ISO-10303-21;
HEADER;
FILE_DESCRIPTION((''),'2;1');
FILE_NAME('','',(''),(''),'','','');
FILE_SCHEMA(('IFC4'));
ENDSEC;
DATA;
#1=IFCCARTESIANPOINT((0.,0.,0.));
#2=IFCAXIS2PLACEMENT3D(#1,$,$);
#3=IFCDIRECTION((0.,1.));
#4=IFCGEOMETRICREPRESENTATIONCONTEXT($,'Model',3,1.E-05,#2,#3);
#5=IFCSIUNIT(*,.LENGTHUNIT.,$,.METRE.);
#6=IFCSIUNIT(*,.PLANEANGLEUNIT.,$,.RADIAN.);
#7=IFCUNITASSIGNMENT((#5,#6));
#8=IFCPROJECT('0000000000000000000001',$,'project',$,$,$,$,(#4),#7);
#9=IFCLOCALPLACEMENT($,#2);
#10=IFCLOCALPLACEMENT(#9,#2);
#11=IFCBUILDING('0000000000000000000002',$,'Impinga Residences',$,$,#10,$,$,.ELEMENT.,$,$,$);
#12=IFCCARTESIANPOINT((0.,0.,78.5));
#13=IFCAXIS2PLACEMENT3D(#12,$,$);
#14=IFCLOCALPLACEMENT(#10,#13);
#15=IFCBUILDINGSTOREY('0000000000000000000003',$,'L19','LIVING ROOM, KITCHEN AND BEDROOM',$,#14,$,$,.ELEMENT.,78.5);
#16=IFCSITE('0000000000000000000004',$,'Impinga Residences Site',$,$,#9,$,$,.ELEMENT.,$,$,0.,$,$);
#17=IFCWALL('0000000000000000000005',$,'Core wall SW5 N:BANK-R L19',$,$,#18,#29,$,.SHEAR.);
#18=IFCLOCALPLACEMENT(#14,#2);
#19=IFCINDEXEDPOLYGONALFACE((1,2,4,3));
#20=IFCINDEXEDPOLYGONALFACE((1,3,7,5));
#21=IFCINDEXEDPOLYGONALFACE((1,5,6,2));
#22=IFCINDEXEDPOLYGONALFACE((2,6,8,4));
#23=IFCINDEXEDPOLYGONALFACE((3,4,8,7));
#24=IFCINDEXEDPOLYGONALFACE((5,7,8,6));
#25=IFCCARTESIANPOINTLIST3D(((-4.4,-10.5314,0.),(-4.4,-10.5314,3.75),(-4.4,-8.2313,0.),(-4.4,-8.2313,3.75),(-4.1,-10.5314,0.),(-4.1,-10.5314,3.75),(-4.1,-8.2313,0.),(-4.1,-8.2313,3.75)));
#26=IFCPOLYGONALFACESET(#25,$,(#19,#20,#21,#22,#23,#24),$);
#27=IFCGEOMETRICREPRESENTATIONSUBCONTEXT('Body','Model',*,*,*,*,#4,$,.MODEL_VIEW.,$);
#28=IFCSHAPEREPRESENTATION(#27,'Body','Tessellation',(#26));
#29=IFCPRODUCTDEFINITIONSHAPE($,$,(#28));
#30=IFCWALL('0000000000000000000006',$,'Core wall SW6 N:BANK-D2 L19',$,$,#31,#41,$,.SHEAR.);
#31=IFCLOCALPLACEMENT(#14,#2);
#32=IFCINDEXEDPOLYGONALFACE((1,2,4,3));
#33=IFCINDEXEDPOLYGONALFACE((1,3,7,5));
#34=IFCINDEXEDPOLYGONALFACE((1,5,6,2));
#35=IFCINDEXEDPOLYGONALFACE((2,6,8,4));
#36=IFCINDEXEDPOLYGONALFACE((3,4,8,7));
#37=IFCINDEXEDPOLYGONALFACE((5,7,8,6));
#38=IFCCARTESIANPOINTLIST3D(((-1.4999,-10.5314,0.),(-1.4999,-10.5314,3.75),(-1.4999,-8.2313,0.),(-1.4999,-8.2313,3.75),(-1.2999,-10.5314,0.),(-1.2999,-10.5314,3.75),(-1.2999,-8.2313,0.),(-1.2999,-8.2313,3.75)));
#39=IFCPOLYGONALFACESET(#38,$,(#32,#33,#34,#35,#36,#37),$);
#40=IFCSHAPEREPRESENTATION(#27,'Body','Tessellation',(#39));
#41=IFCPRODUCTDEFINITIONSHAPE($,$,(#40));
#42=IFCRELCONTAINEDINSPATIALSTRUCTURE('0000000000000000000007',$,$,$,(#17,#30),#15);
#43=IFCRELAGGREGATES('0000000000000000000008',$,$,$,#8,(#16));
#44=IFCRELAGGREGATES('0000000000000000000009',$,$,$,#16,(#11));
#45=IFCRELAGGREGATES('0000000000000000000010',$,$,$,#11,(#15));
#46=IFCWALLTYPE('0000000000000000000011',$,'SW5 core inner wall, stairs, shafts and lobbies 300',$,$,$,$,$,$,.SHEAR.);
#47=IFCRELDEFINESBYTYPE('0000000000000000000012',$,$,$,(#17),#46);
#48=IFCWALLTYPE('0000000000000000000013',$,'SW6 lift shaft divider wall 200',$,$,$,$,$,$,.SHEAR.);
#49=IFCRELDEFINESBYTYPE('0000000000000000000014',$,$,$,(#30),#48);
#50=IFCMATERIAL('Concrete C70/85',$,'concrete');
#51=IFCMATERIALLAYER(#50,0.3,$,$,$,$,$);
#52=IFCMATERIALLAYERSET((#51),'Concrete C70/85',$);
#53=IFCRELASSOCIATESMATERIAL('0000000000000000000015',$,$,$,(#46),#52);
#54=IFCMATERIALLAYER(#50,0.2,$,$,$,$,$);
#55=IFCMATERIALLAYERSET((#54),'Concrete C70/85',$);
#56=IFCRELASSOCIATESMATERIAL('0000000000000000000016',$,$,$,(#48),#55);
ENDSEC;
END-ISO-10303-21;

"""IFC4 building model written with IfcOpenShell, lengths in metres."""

from ifc_helpers import new_model, si_unit, direction, frame, frame_2d, origin, place, context, subcontext, project, spatial, rectangle, extrude, material, layer, layer_set, type_object, element, save


model = new_model("IFC4")

# Units and contexts
model_context = context("Model", 3, precision=1e-05, world=origin(), true_north=direction((0.0, 1.0)))
body_context = subcontext(model_context, "Body", "Model", "MODEL_VIEW")
ifc_project = project(units=[si_unit("LENGTHUNIT", "METRE"), si_unit("PLANEANGLEUNIT", "RADIAN")], contexts=[model_context])

# Site, building, storey
site_placement = place(None, origin())
site = spatial("IfcSite", under=ifc_project, at=site_placement, Name="Impinga Residences Site", CompositionType="ELEMENT", RefElevation=0.0)
building_placement = place(site_placement, origin())
building = spatial("IfcBuilding", under=site, at=building_placement, Name="Impinga Residences", CompositionType="ELEMENT")
storey_placement = place(building_placement, frame((0.0, 0.0, 78.5)))
storey = spatial("IfcBuildingStorey", under=building, at=storey_placement, Name="L19", Description="LIVING ROOM, KITCHEN AND BEDROOM", CompositionType="ELEMENT", Elevation=78.5)

# Shared definitions
ifc_material_1 = material(Name="Concrete C70/85", Category="concrete")

# Walls
ifc_layer_1 = layer(ifc_material_1, 0.3)
ifc_layer_set_1 = layer_set([ifc_layer_1], Name="Concrete C70/85")
wall_type_1 = type_object("IfcWallType", Name="SW5 core inner wall, stairs, shafts and lobbies 300", PredefinedType="SHEAR", material=ifc_layer_set_1)
wall_1_placement = place(storey_placement, frame((-4.25, -8.2314, 0.0), z_axis=(0.0, 0.0, 1.0), x_axis=(0.0, -1.0, 0.0)))
element("IfcWall", 1, at=wall_1_placement, inside=storey, type_object=wall_type_1, Name="Core wall SW5 N:BANK-R L19", PredefinedType="SHEAR", context=body_context, shape_type="SweptSolid", body=[
    extrude(rectangle(XDim=2.3, YDim=0.3, at=frame_2d((1.1499, 0.0))), origin(), (0.0, 0.0, 1.0), 3.75),
])
ifc_layer_2 = layer(ifc_material_1, 0.2)
ifc_layer_set_2 = layer_set([ifc_layer_2], Name="Concrete C70/85")
wall_type_2 = type_object("IfcWallType", Name="SW6 lift shaft divider wall 200", PredefinedType="SHEAR", material=ifc_layer_set_2)
wall_2_placement = place(storey_placement, frame((-1.3999, -8.2314, 0.0), z_axis=(0.0, 0.0, 1.0), x_axis=(0.0, -1.0, 0.0)))
element("IfcWall", 2, at=wall_2_placement, inside=storey, type_object=wall_type_2, Name="Core wall SW6 N:BANK-D2 L19", PredefinedType="SHEAR", context=body_context, shape_type="SweptSolid", body=[
    extrude(rectangle(XDim=2.3, YDim=0.2, at=frame_2d((1.1499, 0.0))), origin(), (0.0, 0.0, 1.0), 3.75),
])

save(model, "model.ifc")
